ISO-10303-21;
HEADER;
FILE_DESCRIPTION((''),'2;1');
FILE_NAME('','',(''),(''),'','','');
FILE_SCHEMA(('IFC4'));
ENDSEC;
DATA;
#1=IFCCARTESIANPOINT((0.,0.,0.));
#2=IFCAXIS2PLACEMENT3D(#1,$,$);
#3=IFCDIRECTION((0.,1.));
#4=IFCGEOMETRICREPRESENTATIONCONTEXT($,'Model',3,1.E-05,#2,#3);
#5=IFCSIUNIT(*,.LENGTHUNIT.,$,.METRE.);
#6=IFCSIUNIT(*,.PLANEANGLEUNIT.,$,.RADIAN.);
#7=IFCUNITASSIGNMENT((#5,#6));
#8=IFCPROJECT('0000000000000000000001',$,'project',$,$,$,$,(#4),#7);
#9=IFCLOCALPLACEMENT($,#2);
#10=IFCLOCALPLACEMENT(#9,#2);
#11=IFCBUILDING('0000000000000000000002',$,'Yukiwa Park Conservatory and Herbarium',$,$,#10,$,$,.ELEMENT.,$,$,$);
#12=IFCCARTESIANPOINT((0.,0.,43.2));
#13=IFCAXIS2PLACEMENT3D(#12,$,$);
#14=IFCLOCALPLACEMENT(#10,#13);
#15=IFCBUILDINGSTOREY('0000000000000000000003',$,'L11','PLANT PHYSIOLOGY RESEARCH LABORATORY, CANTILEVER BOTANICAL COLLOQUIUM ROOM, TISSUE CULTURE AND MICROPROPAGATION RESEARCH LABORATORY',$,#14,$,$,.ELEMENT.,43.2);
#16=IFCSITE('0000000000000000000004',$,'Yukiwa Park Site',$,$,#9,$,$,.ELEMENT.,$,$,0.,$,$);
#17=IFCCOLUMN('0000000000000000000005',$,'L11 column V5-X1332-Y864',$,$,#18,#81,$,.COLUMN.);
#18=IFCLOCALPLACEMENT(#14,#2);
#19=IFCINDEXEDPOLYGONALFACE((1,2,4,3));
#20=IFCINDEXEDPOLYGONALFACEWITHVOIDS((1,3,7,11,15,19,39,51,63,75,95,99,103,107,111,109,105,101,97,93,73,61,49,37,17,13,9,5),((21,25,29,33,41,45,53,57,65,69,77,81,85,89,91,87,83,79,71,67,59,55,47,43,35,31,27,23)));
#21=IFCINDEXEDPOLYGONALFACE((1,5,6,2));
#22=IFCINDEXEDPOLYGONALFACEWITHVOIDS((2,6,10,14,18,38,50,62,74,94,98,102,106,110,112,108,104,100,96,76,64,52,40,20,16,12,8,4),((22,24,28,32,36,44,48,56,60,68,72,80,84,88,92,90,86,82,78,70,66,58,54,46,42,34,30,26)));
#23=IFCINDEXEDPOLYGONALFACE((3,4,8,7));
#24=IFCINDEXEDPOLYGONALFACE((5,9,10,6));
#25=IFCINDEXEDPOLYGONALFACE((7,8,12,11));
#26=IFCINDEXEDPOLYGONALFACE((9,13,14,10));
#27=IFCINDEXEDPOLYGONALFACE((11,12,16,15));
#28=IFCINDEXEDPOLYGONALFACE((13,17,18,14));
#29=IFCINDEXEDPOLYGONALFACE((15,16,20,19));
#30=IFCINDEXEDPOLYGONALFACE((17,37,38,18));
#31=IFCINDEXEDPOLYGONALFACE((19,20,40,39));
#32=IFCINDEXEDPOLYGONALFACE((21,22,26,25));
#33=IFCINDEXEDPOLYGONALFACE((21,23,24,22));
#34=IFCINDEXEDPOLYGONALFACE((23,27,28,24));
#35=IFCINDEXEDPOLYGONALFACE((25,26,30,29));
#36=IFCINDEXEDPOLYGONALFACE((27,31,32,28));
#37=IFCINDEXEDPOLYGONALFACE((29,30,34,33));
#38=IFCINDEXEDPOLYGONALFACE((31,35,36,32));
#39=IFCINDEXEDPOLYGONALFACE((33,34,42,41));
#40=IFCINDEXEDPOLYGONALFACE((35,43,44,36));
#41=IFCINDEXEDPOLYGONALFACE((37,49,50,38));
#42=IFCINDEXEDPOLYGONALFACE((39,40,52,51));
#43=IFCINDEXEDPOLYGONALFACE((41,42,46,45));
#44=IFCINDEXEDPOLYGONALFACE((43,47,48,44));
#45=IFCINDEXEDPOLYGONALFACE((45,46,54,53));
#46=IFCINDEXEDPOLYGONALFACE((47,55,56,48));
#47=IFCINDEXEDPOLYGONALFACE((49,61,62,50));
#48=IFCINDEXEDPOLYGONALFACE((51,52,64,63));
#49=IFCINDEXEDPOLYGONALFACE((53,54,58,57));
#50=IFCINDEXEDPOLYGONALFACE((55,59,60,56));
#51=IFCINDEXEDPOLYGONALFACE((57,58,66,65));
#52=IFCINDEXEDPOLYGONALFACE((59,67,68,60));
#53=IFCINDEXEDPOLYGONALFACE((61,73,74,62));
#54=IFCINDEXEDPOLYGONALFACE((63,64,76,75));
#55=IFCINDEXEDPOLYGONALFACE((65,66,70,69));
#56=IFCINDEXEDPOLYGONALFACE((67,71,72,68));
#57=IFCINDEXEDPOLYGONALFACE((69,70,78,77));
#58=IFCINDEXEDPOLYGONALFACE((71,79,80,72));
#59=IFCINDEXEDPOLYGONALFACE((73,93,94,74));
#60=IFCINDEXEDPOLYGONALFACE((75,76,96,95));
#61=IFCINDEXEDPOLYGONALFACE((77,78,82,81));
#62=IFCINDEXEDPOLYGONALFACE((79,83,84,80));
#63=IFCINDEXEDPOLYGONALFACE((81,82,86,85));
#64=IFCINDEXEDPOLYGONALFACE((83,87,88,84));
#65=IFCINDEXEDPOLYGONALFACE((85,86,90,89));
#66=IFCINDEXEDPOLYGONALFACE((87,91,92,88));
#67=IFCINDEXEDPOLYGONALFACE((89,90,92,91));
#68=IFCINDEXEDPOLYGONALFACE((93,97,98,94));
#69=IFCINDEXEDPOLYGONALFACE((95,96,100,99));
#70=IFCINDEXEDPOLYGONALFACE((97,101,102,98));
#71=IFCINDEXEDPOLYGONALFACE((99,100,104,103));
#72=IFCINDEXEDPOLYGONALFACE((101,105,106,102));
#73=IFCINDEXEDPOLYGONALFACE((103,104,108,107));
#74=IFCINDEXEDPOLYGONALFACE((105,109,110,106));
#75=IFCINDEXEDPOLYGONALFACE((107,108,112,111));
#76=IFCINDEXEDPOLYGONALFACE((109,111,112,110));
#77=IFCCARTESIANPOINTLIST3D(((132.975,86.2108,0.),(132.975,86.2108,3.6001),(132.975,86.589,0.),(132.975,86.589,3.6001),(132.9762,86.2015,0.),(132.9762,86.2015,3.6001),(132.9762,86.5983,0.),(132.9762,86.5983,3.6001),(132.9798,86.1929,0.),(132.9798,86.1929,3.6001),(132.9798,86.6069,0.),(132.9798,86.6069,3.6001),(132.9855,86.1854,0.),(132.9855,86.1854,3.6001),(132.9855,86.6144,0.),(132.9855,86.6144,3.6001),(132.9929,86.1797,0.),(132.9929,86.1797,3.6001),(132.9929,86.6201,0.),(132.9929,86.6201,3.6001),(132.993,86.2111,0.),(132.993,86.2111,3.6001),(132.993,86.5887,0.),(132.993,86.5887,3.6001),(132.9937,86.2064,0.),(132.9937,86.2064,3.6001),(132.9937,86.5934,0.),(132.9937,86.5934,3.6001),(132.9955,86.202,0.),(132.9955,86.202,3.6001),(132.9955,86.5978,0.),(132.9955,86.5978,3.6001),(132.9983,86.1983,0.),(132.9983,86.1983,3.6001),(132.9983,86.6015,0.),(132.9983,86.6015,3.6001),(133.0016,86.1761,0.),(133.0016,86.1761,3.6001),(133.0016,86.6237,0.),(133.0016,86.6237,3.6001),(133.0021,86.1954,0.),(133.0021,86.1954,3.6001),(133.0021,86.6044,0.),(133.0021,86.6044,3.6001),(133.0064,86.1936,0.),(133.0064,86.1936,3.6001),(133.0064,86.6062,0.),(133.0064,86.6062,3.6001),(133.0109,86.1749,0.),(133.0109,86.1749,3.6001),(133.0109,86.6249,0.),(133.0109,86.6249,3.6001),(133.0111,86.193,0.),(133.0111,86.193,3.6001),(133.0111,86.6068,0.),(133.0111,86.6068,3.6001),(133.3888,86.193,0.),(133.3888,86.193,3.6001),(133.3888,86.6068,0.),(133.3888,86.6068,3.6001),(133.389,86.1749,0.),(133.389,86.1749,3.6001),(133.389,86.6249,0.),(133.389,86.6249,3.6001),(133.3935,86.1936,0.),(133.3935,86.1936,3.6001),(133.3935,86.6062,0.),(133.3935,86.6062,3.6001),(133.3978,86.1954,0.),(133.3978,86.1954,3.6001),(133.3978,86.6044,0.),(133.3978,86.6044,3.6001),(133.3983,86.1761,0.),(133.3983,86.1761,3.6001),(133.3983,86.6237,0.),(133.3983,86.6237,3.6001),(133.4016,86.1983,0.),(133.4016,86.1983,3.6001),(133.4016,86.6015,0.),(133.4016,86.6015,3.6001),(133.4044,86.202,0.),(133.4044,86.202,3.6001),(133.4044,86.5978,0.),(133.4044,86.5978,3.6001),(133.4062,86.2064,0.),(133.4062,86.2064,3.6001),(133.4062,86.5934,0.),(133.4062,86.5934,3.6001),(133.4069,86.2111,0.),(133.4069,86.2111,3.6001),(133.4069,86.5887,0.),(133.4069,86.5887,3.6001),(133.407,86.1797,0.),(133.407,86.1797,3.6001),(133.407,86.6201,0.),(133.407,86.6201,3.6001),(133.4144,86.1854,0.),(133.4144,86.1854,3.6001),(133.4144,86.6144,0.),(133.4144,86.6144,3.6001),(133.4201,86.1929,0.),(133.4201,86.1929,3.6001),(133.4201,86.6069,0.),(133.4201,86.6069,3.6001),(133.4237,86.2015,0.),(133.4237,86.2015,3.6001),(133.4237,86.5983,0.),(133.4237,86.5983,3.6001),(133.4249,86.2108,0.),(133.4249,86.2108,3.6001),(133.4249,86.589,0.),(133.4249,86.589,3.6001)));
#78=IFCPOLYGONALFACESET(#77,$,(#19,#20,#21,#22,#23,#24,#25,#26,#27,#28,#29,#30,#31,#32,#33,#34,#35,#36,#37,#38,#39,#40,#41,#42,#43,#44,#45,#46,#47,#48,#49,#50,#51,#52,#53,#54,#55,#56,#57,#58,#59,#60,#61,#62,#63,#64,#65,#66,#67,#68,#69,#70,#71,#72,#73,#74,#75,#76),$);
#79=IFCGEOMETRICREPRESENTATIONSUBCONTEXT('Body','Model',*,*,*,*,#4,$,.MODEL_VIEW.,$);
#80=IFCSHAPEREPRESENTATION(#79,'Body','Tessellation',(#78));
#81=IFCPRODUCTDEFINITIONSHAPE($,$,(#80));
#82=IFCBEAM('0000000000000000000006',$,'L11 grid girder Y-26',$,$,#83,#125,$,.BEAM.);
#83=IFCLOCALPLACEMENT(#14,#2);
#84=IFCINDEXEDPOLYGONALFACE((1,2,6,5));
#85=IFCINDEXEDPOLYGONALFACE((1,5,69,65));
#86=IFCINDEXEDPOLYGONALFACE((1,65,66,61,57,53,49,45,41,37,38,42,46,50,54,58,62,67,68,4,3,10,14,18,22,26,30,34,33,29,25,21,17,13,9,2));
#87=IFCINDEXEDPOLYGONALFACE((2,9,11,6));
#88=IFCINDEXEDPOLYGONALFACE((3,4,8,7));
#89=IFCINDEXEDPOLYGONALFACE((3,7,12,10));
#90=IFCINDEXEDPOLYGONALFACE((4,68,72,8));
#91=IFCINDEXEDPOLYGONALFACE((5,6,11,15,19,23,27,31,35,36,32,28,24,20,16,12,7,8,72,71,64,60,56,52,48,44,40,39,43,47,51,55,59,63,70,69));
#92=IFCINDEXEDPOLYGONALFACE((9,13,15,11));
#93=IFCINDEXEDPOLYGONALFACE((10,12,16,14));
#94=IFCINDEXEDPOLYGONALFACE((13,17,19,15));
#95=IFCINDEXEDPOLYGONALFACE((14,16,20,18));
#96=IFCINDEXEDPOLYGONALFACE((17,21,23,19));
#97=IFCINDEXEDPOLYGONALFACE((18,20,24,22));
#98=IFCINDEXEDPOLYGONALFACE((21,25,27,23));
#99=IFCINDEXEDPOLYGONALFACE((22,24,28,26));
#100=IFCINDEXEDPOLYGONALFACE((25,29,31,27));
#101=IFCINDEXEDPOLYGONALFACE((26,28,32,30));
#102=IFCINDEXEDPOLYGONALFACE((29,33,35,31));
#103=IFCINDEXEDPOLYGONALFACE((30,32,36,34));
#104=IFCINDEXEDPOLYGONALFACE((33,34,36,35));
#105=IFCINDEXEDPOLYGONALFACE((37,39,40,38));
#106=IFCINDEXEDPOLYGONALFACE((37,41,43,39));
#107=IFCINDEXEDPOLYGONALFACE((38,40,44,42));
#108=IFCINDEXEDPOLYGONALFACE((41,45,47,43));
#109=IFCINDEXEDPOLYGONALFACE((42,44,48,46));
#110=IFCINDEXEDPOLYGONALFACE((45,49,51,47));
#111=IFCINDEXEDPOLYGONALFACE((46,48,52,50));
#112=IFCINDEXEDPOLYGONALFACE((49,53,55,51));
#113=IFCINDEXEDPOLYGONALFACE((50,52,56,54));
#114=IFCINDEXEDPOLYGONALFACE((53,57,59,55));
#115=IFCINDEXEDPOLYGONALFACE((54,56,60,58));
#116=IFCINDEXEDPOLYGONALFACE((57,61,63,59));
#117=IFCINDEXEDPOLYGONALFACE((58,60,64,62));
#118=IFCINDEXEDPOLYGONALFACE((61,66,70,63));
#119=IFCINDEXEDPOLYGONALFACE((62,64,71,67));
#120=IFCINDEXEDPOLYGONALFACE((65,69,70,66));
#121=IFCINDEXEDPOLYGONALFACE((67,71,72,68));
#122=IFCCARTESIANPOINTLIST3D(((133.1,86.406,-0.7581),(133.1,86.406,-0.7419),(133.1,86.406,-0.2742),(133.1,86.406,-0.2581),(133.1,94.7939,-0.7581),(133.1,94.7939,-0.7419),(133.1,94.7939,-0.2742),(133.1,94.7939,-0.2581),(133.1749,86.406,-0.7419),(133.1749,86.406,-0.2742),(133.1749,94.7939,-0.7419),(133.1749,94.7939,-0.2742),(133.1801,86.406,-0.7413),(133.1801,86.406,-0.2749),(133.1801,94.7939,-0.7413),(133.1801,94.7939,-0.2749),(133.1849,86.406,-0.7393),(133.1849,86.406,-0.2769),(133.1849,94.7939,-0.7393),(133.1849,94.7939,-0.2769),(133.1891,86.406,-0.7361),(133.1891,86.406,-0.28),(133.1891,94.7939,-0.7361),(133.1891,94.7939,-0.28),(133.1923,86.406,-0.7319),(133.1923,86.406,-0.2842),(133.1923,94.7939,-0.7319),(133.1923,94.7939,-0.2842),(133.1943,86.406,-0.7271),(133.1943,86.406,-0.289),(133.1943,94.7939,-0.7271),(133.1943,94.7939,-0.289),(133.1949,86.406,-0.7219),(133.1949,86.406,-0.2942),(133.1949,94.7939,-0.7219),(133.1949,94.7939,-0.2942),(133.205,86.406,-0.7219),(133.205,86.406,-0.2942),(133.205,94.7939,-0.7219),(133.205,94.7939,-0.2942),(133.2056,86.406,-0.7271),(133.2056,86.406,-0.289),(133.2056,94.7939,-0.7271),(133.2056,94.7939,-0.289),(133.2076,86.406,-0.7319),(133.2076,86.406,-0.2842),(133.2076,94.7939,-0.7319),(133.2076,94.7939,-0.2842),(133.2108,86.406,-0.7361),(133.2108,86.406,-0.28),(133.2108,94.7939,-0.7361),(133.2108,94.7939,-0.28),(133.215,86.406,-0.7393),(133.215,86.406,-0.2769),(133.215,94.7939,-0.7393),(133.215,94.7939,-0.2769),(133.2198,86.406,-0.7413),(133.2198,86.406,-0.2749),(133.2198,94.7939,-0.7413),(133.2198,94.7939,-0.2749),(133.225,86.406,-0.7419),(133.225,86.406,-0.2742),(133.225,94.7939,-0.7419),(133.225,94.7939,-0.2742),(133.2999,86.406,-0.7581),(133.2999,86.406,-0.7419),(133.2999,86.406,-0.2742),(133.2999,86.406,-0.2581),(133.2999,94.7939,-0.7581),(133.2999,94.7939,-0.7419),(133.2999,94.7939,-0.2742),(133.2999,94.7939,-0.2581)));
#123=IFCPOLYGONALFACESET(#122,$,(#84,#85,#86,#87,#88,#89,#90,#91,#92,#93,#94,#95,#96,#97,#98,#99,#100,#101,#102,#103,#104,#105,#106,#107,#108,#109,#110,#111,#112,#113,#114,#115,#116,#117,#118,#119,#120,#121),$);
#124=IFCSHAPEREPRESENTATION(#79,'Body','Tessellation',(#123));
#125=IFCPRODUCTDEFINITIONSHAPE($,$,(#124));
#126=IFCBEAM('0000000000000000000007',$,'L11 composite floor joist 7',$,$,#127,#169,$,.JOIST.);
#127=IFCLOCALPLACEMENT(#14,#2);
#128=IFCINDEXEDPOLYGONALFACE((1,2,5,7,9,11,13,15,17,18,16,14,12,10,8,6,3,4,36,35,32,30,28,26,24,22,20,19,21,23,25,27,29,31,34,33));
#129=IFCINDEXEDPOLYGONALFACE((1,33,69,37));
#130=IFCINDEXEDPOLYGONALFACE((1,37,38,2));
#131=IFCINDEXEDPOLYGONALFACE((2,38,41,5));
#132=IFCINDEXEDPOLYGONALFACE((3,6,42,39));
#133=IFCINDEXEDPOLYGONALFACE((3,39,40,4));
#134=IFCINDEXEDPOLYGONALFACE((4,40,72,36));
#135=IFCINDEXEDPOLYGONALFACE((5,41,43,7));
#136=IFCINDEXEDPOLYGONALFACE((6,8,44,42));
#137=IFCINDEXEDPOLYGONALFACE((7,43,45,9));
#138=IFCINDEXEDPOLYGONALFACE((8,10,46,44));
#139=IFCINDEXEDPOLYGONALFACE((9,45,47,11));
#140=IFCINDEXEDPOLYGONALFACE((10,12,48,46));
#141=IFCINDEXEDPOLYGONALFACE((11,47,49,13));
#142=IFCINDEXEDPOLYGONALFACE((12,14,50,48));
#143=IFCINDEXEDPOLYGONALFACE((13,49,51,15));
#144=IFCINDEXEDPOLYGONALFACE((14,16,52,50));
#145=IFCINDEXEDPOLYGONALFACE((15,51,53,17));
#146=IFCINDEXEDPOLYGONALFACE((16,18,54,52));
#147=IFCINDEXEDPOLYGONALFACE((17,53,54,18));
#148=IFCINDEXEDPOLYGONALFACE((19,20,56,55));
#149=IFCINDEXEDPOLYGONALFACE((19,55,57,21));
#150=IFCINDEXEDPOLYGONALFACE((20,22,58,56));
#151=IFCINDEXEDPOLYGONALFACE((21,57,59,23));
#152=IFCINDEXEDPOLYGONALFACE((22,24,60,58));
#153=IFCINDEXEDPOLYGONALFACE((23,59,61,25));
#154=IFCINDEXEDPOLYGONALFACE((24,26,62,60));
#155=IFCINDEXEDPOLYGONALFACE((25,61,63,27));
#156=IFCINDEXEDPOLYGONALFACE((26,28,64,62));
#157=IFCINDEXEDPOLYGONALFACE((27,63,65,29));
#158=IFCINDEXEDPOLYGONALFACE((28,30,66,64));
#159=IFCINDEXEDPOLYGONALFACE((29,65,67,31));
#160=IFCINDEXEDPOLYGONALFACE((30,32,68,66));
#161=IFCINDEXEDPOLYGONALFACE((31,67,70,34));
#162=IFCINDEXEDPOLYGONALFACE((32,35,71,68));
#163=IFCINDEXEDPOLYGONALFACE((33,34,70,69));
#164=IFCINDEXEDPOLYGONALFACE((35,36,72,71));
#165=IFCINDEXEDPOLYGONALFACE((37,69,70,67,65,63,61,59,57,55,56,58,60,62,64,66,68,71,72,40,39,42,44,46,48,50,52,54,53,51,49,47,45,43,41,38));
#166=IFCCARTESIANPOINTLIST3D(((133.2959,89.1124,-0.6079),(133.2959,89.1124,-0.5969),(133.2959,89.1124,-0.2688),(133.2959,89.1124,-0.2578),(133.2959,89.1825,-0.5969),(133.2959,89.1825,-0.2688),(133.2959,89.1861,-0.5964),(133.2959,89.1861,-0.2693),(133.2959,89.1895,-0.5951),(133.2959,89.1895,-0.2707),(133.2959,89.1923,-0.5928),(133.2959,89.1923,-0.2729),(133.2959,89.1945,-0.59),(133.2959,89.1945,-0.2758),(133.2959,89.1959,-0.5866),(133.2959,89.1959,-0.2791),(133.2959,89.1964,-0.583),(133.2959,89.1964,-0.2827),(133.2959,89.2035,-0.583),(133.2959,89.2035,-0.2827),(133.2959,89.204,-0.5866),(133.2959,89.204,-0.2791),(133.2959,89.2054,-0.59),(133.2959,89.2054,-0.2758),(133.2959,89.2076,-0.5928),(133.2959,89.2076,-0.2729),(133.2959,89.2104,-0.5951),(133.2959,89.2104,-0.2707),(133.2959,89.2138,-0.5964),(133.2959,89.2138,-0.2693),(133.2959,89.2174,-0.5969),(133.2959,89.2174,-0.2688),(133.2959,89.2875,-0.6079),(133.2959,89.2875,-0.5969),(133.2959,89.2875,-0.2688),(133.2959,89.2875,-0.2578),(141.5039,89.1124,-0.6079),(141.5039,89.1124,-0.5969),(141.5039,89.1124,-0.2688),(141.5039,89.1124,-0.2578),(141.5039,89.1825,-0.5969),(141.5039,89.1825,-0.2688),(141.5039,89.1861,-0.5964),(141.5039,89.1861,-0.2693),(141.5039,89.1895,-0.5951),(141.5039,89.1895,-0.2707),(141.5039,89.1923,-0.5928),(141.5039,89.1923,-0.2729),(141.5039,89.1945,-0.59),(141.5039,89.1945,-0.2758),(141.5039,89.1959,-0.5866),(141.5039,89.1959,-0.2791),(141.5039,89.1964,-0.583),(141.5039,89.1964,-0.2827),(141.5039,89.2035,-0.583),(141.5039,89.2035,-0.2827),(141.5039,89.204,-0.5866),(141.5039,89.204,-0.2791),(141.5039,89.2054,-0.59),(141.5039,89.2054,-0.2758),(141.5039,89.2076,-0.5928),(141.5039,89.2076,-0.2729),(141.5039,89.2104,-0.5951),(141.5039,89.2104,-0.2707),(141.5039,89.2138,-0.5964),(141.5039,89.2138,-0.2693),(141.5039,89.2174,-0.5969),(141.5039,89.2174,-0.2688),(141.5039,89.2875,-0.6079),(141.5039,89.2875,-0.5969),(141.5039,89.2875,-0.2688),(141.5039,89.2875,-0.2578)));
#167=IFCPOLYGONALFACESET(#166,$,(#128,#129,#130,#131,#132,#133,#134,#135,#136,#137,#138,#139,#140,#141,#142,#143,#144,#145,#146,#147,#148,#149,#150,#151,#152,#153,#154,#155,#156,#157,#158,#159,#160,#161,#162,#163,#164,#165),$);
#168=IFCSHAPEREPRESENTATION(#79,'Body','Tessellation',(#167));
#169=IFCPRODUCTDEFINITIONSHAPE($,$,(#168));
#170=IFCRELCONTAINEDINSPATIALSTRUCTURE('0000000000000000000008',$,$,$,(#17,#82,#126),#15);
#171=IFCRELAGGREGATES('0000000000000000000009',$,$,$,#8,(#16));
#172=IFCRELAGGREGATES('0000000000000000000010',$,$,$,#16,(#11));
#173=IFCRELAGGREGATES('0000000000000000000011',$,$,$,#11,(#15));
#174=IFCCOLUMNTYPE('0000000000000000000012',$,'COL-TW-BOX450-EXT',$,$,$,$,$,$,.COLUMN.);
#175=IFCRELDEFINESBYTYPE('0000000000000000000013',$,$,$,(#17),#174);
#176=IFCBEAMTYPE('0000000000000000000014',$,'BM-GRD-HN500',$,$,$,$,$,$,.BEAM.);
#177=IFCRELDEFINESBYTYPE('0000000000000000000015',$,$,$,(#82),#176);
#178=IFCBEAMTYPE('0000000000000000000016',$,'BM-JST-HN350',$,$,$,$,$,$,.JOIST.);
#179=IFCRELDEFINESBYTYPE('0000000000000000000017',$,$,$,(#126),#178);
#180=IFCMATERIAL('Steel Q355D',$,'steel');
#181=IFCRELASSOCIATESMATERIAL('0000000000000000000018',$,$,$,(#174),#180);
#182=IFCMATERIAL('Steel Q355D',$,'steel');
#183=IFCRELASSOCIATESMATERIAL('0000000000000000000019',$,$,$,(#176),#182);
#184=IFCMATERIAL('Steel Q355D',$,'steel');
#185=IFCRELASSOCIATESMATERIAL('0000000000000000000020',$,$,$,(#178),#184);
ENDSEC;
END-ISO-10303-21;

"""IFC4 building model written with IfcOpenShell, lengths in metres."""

from ifc_helpers import new_model, si_unit, direction, frame, origin, origin_2d, place, context, subcontext, project, spatial, hollow_rectangle, i_section, extrude, material, material_profile, profile_set, type_object, element, save


model = new_model("IFC4")

# Units and contexts
model_context = context("Model", 3, precision=1e-05, world=origin(), true_north=direction((0.0, 1.0)))
body_context = subcontext(model_context, "Body", "Model", "MODEL_VIEW")
ifc_project = project(units=[si_unit("LENGTHUNIT", "METRE"), si_unit("PLANEANGLEUNIT", "RADIAN")], contexts=[model_context])

# Site, building, storey
site_placement = place(None, origin())
site = spatial("IfcSite", under=ifc_project, at=site_placement, Name="Yukiwa Park Site", CompositionType="ELEMENT", RefElevation=0.0)
building_placement = place(site_placement, origin())
building = spatial("IfcBuilding", under=site, at=building_placement, Name="Yukiwa Park Conservatory and Herbarium", CompositionType="ELEMENT")
storey_placement = place(building_placement, frame((0.0, 0.0, 43.2)))
storey = spatial("IfcBuildingStorey", under=building, at=storey_placement, Name="L11", Description="PLANT PHYSIOLOGY RESEARCH LABORATORY, CANTILEVER BOTANICAL COLLOQUIUM ROOM, TISSUE CULTURE AND MICROPROPAGATION RESEARCH LABORATORY", CompositionType="ELEMENT", Elevation=43.2)

# Column
ifc_material_1 = material(Name="Steel Q355D", Category="steel")
ifc_material_profile_1 = material_profile(ifc_material_1, hollow_rectangle(XDim=0.45, YDim=0.45, WallThickness=0.0181, InnerFilletRadius=0.0181, OuterFilletRadius=0.0359, at=origin_2d()), Name="BOX 450x450x18")
ifc_profile_set_1 = profile_set([ifc_material_profile_1], Name="Steel Q355D")
column_type = type_object("IfcColumnType", Name="COL-TW-BOX450-EXT", PredefinedType="COLUMN", material=ifc_profile_set_1)
column_placement = place(storey_placement, frame((133.2, 86.3999, 0.0), z_axis=(0.0, 0.0, 1.0), x_axis=(1.0, 0.0, 0.0)))
element("IfcColumn", 1, at=column_placement, inside=storey, type_object=column_type, Name="L11 column V5-X1332-Y864", PredefinedType="COLUMN", context=body_context, shape_type="SweptSolid", body=[
    extrude(hollow_rectangle(XDim=0.45, YDim=0.45, WallThickness=0.0181, InnerFilletRadius=0.0181, OuterFilletRadius=0.0359, at=origin_2d()), origin(), (0.0, 0.0, 1.0), 3.6001),
])

# Beams
ifc_material_2 = material(Name="Steel Q355D", Category="steel")
ifc_material_profile_2 = material_profile(ifc_material_2, i_section(OverallWidth=0.2, OverallDepth=0.5, WebThickness=0.01, FlangeThickness=0.0161, FilletRadius=0.02, at=origin_2d()), Name="HN 500x200x10x16")
ifc_profile_set_2 = profile_set([ifc_material_profile_2], Name="Steel Q355D")
beam_type_1 = type_object("IfcBeamType", Name="BM-GRD-HN500", PredefinedType="BEAM", material=ifc_profile_set_2)
beam_1_placement = place(storey_placement, frame((133.2, 86.406, -0.5081), z_axis=(0.0, 1.0, 0.0), x_axis=(-1.0, 0.0, 0.0)))
element("IfcBeam", 2, at=beam_1_placement, inside=storey, type_object=beam_type_1, Name="L11 grid girder Y-26", PredefinedType="BEAM", context=body_context, shape_type="SweptSolid", body=[
    extrude(i_section(OverallWidth=0.2, OverallDepth=0.5, WebThickness=0.01, FlangeThickness=0.0161, FilletRadius=0.02, at=origin_2d()), origin(), (0.0, 0.0, 1.0), 8.3879),
])
ifc_material_3 = material(Name="Steel Q355D", Category="steel")
ifc_material_profile_3 = material_profile(ifc_material_3, i_section(OverallWidth=0.175, OverallDepth=0.3501, WebThickness=0.0071, FlangeThickness=0.011, FilletRadius=0.0139, at=origin_2d()), Name="HN 350x175x7x11")
ifc_profile_set_3 = profile_set([ifc_material_profile_3], Name="Steel Q355D")
beam_type_2 = type_object("IfcBeamType", Name="BM-JST-HN350", PredefinedType="JOIST", material=ifc_profile_set_3)
beam_2_placement = place(storey_placement, frame((133.2959, 89.2, -0.4329), z_axis=(1.0, 0.0, 0.0), x_axis=(0.0, 1.0, 0.0)))
element("IfcBeam", 3, at=beam_2_placement, inside=storey, type_object=beam_type_2, Name="L11 composite floor joist 7", PredefinedType="JOIST", context=body_context, shape_type="SweptSolid", body=[
    extrude(i_section(OverallWidth=0.175, OverallDepth=0.3501, WebThickness=0.0071, FlangeThickness=0.011, FilletRadius=0.0139, at=origin_2d()), origin(), (0.0, 0.0, 1.0), 8.208),
])

save(model, "model.ifc")
